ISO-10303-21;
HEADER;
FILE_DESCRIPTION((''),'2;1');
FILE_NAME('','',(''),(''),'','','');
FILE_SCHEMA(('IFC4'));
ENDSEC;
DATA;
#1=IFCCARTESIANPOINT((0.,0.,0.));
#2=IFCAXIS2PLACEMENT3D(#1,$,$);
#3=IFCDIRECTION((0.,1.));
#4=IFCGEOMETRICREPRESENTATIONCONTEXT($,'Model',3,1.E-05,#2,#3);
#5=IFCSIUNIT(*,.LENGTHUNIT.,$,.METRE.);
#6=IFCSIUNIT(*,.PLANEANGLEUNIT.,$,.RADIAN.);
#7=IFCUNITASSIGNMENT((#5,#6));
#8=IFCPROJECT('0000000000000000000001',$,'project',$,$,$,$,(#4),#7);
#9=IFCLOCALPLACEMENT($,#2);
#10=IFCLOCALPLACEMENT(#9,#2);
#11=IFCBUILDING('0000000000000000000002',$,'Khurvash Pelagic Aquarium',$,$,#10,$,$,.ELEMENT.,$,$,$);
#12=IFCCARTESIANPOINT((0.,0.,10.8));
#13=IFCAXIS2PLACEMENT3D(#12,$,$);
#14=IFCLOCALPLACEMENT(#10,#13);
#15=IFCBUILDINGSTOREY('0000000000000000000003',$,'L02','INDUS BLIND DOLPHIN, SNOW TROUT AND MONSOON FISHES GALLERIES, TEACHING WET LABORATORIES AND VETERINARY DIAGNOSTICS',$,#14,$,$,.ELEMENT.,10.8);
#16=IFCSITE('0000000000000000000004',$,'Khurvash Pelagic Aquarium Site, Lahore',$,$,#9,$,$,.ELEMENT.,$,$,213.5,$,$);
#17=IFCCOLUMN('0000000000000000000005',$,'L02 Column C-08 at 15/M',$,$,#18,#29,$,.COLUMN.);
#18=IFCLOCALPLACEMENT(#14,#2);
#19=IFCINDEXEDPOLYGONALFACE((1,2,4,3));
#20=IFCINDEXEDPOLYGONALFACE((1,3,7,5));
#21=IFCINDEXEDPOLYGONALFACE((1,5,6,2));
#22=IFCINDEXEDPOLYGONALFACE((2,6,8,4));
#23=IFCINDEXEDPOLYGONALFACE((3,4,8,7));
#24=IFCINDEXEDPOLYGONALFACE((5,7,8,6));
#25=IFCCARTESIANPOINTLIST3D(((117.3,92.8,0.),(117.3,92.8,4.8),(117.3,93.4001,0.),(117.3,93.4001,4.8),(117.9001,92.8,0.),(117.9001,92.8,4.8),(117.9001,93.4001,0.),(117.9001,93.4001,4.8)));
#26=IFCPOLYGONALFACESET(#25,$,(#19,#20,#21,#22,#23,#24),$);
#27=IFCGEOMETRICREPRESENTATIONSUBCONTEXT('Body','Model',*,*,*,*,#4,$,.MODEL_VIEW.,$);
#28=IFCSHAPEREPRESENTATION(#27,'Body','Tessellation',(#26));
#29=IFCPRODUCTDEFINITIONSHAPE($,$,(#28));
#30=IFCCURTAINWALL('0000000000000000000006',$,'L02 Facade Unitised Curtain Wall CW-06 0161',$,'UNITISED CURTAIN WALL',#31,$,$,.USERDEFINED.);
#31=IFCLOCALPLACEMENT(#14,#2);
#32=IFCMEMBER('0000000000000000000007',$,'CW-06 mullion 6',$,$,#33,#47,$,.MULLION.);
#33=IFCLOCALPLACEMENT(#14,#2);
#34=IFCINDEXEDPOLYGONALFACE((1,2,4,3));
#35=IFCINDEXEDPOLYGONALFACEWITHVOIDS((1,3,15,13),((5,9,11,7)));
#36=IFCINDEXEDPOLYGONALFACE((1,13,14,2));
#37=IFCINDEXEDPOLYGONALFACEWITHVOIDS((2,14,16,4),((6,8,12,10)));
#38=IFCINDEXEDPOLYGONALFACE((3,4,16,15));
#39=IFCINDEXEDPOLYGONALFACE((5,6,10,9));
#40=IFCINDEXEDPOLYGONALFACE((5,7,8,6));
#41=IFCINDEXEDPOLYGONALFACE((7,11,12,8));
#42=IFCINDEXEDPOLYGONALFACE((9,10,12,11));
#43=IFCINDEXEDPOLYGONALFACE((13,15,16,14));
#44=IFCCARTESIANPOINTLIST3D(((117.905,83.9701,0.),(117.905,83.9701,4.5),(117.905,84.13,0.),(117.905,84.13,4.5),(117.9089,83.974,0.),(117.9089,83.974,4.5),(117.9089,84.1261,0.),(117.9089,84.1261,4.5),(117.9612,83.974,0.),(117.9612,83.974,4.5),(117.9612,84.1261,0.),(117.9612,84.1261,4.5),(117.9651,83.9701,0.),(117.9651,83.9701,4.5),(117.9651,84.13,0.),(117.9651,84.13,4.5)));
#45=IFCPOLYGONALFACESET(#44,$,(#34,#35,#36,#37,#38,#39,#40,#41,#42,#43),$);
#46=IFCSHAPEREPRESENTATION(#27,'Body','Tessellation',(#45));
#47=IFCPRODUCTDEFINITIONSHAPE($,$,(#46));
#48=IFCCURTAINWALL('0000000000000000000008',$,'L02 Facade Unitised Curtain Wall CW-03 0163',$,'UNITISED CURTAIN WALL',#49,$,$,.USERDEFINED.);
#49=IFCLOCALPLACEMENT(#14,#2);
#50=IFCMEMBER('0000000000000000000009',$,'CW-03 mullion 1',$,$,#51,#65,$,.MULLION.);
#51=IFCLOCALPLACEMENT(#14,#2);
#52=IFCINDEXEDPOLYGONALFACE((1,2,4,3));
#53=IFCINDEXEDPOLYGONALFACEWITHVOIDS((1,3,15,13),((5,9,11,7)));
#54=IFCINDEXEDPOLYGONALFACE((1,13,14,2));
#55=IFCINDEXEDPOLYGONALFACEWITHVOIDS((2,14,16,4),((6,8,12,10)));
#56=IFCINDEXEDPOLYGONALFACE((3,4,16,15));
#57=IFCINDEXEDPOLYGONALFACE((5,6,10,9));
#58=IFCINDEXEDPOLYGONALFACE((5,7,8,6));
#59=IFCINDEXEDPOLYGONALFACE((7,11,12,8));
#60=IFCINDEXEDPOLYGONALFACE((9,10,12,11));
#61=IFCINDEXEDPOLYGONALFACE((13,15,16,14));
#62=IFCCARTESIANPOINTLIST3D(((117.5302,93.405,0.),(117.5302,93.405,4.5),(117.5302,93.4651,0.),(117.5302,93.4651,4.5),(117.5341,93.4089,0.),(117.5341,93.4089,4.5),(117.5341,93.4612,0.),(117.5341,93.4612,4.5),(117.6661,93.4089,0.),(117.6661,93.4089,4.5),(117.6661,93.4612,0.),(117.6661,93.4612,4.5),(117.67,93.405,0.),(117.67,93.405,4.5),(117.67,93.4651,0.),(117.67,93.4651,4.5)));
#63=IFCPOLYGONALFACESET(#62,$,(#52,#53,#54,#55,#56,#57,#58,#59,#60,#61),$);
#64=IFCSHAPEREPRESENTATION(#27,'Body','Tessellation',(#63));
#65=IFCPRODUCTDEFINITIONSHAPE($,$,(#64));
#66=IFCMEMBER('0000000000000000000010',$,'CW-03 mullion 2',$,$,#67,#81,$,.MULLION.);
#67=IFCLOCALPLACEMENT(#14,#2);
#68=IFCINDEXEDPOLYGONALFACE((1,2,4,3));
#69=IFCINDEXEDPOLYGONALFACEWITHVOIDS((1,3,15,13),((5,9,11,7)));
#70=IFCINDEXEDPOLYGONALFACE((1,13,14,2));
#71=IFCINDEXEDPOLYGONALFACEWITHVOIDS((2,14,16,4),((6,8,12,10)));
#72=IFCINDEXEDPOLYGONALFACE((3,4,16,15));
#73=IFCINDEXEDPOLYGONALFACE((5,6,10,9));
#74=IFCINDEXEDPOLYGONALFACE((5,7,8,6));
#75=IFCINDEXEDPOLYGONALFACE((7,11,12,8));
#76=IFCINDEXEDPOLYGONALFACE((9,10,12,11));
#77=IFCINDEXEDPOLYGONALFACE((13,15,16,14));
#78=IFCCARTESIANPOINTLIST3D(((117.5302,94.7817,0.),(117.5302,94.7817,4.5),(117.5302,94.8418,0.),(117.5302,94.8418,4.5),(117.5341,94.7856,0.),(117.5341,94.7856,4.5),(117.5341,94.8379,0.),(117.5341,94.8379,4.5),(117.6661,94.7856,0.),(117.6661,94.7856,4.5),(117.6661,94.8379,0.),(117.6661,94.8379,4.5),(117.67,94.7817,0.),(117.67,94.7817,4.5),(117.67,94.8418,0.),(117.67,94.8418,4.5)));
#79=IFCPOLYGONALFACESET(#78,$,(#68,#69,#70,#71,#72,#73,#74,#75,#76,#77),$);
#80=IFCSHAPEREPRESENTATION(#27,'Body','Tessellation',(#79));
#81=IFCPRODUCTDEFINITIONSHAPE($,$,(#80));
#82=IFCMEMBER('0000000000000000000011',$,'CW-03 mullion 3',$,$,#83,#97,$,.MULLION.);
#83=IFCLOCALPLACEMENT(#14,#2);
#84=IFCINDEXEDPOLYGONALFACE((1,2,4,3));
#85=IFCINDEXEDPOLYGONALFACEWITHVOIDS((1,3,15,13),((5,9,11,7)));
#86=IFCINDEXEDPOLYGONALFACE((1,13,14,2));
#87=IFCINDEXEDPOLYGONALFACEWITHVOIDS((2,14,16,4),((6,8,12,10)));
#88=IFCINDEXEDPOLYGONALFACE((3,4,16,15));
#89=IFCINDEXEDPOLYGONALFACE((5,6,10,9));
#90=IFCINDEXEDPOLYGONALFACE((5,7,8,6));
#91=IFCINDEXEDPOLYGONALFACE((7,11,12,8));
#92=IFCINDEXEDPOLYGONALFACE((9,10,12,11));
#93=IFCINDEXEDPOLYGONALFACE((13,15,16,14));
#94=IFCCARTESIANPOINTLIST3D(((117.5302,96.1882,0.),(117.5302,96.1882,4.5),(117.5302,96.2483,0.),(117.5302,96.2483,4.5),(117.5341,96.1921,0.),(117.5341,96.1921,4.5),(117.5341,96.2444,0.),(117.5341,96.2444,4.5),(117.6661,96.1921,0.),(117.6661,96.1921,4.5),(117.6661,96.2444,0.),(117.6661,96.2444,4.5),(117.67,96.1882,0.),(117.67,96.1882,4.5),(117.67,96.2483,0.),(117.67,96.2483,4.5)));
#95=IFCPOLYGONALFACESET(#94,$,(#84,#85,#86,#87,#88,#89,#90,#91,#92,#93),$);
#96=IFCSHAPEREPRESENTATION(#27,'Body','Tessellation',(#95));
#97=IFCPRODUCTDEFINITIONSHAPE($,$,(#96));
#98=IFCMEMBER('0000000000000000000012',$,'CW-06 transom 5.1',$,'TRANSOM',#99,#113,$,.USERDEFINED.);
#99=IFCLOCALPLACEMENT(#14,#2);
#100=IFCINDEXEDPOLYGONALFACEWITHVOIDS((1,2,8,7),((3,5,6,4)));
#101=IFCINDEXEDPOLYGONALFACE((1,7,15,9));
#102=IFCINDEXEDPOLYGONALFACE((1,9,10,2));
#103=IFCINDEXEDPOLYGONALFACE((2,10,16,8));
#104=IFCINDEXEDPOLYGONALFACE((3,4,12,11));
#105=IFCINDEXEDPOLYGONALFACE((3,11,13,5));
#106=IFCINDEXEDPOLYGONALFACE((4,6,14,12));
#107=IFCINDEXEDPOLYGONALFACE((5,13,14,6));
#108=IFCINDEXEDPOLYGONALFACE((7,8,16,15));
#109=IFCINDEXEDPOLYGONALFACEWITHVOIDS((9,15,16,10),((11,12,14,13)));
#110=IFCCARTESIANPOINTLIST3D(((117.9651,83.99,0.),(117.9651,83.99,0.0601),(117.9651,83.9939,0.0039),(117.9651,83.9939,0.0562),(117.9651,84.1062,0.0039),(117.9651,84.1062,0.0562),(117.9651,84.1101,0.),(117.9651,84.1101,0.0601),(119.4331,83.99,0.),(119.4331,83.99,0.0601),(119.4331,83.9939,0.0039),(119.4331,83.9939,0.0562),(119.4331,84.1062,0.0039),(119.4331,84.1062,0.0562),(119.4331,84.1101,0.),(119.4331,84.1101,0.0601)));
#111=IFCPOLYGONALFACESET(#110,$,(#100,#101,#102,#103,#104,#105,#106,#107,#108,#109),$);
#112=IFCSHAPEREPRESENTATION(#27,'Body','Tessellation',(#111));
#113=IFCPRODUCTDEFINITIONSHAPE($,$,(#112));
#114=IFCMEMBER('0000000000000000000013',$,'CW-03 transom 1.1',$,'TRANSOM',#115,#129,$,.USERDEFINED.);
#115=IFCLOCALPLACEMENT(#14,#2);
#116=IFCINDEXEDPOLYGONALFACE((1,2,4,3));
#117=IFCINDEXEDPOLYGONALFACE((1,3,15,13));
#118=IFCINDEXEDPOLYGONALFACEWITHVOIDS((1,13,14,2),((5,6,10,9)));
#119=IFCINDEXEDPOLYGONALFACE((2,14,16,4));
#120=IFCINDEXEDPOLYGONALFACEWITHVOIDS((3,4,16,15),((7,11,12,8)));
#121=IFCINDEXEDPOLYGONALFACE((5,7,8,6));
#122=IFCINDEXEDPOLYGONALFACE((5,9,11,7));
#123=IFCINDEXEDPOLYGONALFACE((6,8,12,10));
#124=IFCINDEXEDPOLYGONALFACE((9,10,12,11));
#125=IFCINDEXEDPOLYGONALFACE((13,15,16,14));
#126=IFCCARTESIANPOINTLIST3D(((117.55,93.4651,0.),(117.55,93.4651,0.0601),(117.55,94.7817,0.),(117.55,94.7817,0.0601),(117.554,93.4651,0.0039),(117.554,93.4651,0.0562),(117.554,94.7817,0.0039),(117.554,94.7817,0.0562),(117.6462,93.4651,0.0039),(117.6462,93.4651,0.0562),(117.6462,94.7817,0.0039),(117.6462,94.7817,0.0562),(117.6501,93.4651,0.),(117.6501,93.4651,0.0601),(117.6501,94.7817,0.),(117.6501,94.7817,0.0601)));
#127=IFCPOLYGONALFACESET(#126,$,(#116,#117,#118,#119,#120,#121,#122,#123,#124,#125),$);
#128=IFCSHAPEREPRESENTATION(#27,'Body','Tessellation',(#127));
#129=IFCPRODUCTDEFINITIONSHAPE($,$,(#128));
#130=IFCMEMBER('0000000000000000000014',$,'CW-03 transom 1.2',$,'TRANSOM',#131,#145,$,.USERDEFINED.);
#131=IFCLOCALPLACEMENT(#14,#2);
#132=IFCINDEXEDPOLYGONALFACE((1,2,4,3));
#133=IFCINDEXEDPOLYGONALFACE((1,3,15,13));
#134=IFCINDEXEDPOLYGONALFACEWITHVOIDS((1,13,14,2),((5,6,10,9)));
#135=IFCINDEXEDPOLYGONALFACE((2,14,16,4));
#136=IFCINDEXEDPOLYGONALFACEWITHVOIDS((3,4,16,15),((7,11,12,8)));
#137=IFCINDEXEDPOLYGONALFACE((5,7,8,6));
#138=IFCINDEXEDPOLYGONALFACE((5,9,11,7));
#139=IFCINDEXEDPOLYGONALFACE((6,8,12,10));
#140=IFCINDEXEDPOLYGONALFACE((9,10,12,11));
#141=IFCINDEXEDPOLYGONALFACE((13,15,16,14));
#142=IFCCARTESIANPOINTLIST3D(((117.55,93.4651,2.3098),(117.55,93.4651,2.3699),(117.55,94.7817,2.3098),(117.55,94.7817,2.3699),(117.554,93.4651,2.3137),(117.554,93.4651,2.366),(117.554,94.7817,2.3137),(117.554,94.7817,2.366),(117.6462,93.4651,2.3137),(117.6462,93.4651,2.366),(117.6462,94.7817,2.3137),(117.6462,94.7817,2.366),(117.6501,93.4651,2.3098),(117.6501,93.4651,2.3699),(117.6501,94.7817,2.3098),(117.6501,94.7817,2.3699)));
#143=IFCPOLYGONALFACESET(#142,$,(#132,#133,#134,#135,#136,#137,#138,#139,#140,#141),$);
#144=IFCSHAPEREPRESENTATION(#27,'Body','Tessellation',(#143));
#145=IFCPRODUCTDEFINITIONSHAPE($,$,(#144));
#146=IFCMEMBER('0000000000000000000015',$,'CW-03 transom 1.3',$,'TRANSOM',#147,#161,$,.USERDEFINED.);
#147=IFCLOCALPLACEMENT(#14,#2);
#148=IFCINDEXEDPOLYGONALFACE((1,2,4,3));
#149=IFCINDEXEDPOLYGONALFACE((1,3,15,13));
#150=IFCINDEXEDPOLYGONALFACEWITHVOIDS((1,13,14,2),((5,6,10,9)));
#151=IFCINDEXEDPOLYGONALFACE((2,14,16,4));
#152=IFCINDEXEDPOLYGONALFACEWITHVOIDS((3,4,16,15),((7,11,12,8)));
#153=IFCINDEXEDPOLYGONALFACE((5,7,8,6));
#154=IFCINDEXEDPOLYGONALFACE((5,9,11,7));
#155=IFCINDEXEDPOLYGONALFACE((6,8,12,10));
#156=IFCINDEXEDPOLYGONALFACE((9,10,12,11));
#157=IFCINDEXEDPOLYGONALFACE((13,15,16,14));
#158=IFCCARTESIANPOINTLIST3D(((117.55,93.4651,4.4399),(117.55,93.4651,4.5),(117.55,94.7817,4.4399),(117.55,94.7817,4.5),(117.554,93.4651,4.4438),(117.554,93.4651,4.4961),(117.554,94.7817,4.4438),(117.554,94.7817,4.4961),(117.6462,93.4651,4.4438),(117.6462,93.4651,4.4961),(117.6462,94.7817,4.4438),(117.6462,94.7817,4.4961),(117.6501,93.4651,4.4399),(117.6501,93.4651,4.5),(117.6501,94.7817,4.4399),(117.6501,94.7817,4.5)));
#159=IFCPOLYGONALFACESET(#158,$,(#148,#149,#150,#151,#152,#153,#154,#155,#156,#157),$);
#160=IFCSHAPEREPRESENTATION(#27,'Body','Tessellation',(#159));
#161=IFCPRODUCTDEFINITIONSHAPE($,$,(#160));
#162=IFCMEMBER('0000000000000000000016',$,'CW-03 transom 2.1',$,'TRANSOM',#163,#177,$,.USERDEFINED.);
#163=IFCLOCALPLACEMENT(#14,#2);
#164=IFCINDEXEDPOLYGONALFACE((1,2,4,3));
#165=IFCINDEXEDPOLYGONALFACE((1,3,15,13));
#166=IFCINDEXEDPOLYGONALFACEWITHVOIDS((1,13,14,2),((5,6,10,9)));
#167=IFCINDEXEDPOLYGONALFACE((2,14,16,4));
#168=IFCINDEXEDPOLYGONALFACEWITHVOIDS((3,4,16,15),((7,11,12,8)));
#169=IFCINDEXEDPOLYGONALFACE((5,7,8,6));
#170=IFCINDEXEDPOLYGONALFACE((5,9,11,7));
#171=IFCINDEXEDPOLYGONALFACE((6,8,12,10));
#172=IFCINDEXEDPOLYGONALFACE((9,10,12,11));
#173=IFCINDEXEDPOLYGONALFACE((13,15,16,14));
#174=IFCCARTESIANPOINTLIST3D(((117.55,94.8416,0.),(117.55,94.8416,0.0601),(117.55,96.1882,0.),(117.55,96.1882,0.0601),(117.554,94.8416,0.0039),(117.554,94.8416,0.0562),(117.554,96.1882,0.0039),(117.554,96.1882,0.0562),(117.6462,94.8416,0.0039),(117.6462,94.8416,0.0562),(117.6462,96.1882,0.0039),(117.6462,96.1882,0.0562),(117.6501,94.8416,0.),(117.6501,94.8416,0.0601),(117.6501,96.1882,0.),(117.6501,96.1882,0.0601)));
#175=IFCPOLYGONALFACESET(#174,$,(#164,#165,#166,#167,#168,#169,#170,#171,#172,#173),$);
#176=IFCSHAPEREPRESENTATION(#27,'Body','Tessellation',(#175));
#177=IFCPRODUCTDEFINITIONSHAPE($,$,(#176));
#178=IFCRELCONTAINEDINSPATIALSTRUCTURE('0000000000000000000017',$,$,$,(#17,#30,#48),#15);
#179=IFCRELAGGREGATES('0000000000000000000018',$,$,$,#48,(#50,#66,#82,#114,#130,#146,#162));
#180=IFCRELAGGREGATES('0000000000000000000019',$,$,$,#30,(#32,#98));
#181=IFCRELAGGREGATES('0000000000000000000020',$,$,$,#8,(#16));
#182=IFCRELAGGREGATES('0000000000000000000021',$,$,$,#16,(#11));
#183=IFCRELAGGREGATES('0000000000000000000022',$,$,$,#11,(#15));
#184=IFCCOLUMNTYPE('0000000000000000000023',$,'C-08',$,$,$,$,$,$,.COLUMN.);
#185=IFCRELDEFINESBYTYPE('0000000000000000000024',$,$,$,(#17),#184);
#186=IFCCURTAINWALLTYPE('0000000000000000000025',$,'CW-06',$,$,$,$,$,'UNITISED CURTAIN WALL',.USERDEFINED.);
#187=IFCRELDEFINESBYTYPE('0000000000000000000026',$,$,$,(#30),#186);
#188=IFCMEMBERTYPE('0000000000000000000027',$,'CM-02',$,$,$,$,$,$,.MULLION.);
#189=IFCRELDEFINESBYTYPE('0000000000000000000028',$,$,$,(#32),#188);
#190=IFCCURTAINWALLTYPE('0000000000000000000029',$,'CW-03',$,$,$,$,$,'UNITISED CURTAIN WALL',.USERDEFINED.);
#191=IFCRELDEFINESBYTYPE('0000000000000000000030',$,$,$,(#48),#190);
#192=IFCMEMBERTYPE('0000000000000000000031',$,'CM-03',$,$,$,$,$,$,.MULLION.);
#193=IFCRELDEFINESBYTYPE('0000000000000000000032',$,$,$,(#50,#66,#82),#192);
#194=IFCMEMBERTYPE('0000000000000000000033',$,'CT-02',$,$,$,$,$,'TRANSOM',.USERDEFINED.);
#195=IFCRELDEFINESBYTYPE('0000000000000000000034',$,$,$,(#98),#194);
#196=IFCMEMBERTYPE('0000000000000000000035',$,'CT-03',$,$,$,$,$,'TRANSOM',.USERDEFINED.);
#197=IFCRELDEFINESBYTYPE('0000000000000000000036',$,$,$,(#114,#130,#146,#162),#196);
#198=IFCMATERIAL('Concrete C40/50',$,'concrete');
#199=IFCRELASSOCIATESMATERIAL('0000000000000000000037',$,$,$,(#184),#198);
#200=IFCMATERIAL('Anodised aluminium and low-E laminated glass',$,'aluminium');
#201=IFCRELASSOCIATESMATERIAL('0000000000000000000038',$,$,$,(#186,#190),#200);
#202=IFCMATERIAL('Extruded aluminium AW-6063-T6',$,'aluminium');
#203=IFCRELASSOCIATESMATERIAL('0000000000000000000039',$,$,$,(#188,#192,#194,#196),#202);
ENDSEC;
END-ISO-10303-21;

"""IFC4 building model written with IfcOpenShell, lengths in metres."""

from ifc_helpers import new_model, si_unit, direction, frame, origin, origin_2d, place, context, subcontext, project, spatial, rectangle, hollow_rectangle, extrude, material, material_profile, profile_set, type_object, element, aggregate, save


model = new_model("IFC4")

# Units and contexts
model_context = context("Model", 3, precision=1e-05, world=origin(), true_north=direction((0.0, 1.0)))
body_context = subcontext(model_context, "Body", "Model", "MODEL_VIEW")
ifc_project = project(units=[si_unit("LENGTHUNIT", "METRE"), si_unit("PLANEANGLEUNIT", "RADIAN")], contexts=[model_context])

# Site, building, storey
site_placement = place(None, origin())
site = spatial("IfcSite", under=ifc_project, at=site_placement, Name="Khurvash Pelagic Aquarium Site, Lahore", CompositionType="ELEMENT", RefElevation=213.5)
building_placement = place(site_placement, origin())
building = spatial("IfcBuilding", under=site, at=building_placement, Name="Khurvash Pelagic Aquarium", CompositionType="ELEMENT")
storey_placement = place(building_placement, frame((0.0, 0.0, 10.8)))
storey = spatial("IfcBuildingStorey", under=building, at=storey_placement, Name="L02", Description="INDUS BLIND DOLPHIN, SNOW TROUT AND MONSOON FISHES GALLERIES, TEACHING WET LABORATORIES AND VETERINARY DIAGNOSTICS", CompositionType="ELEMENT", Elevation=10.8)

# Column
ifc_material_1 = material(Name="Concrete C40/50", Category="concrete")
ifc_material_profile_1 = material_profile(ifc_material_1, rectangle(XDim=0.6001, YDim=0.6001, at=origin_2d()), Name="RC600X600")
ifc_profile_set_1 = profile_set([ifc_material_profile_1], Name="Concrete C40/50")
column_type = type_object("IfcColumnType", Name="C-08", PredefinedType="COLUMN", material=ifc_profile_set_1)
column_placement = place(storey_placement, frame((117.6001, 93.1001, 0.0), z_axis=(0.0, 0.0, 1.0), x_axis=(1.0, 0.0, 0.0)))
element("IfcColumn", 1, at=column_placement, inside=storey, type_object=column_type, Name="L02 Column C-08 at 15/M", PredefinedType="COLUMN", context=body_context, shape_type="SweptSolid", body=[
    extrude(rectangle(XDim=0.6001, YDim=0.6001, at=origin_2d()), origin(), (0.0, 0.0, 1.0), 4.8),
])

# Curtain wall, member
ifc_material_2 = material(Name="Anodised aluminium and low-E laminated glass", Category="aluminium")
curtain_wall_type_1 = type_object("IfcCurtainWallType", Name="CW-06", ElementType="UNITISED CURTAIN WALL", PredefinedType="USERDEFINED", material=ifc_material_2)
curtain_wall_1_placement = place(storey_placement, origin())
curtain_wall_1 = element("IfcCurtainWall", 2, at=curtain_wall_1_placement, inside=storey, type_object=curtain_wall_type_1, Name="L02 Facade Unitised Curtain Wall CW-06 0161", ObjectType="UNITISED CURTAIN WALL", PredefinedType="USERDEFINED")
ifc_material_3 = material(Name="Extruded aluminium AW-6063-T6", Category="aluminium")
ifc_material_profile_2 = material_profile(ifc_material_3, hollow_rectangle(XDim=0.0601, YDim=0.1599, WallThickness=0.0039, at=origin_2d()), Name="CWM60X160X4")
ifc_profile_set_2 = profile_set([ifc_material_profile_2], Name="Extruded aluminium AW-6063-T6")
member_type_1 = type_object("IfcMemberType", Name="CM-02", PredefinedType="MULLION", material=ifc_profile_set_2)
member_1_placement = place(storey_placement, frame((117.9351, 84.05, 0.0), z_axis=(0.0, 0.0, 1.0), x_axis=(-1.0, 0.0, 0.0)))
member_1 = element("IfcMember", 3, at=member_1_placement, type_object=member_type_1, Name="CW-06 mullion 6", PredefinedType="MULLION", context=body_context, shape_type="SweptSolid", body=[
    extrude(hollow_rectangle(XDim=0.0601, YDim=0.1599, WallThickness=0.0039, at=origin_2d()), origin(), (0.0, 0.0, 1.0), 4.5),
])

# Curtain wall, members
curtain_wall_type_2 = type_object("IfcCurtainWallType", Name="CW-03", ElementType="UNITISED CURTAIN WALL", PredefinedType="USERDEFINED", material=ifc_material_2)
curtain_wall_2_placement = place(storey_placement, origin())
curtain_wall_2 = element("IfcCurtainWall", 4, at=curtain_wall_2_placement, inside=storey, type_object=curtain_wall_type_2, Name="L02 Facade Unitised Curtain Wall CW-03 0163", ObjectType="UNITISED CURTAIN WALL", PredefinedType="USERDEFINED")
ifc_material_profile_3 = material_profile(ifc_material_3, hollow_rectangle(XDim=0.0601, YDim=0.1399, WallThickness=0.0039, at=origin_2d()), Name="CWM60X140X4")
ifc_profile_set_3 = profile_set([ifc_material_profile_3], Name="Extruded aluminium AW-6063-T6")
member_type_2 = type_object("IfcMemberType", Name="CM-03", PredefinedType="MULLION", material=ifc_profile_set_3)
member_2_placement = place(storey_placement, frame((117.6001, 93.4351, 0.0), z_axis=(0.0, 0.0, 1.0), x_axis=(0.0, 1.0, 0.0)))
member_2 = element("IfcMember", 5, at=member_2_placement, type_object=member_type_2, Name="CW-03 mullion 1", PredefinedType="MULLION", context=body_context, shape_type="SweptSolid", body=[
    extrude(hollow_rectangle(XDim=0.0601, YDim=0.1399, WallThickness=0.0039, at=origin_2d()), origin(), (0.0, 0.0, 1.0), 4.5),
])
member_3_placement = place(storey_placement, frame((117.6001, 94.8118, 0.0), z_axis=(0.0, 0.0, 1.0), x_axis=(0.0, 1.0, 0.0)))
member_3 = element("IfcMember", 6, at=member_3_placement, type_object=member_type_2, Name="CW-03 mullion 2", PredefinedType="MULLION", context=body_context, shape_type="SweptSolid", body=[
    extrude(hollow_rectangle(XDim=0.0601, YDim=0.1399, WallThickness=0.0039, at=origin_2d()), origin(), (0.0, 0.0, 1.0), 4.5),
])
member_4_placement = place(storey_placement, frame((117.6001, 96.2183, 0.0), z_axis=(0.0, 0.0, 1.0), x_axis=(0.0, 1.0, 0.0)))
member_4 = element("IfcMember", 7, at=member_4_placement, type_object=member_type_2, Name="CW-03 mullion 3", PredefinedType="MULLION", context=body_context, shape_type="SweptSolid", body=[
    extrude(hollow_rectangle(XDim=0.0601, YDim=0.1399, WallThickness=0.0039, at=origin_2d()), origin(), (0.0, 0.0, 1.0), 4.5),
])

# Members
ifc_material_profile_4 = material_profile(ifc_material_3, hollow_rectangle(XDim=0.1201, YDim=0.0601, WallThickness=0.0039, at=origin_2d()), Name="CWT120X60X4")
ifc_profile_set_4 = profile_set([ifc_material_profile_4], Name="Extruded aluminium AW-6063-T6")
member_type_3 = type_object("IfcMemberType", Name="CT-02", ElementType="TRANSOM", PredefinedType="USERDEFINED", material=ifc_profile_set_4)
member_5_placement = place(storey_placement, frame((119.4331, 84.05, 0.03), z_axis=(-1.0, 0.0, 0.0), x_axis=(0.0, -1.0, 0.0)))
member_5 = element("IfcMember", 8, at=member_5_placement, type_object=member_type_3, Name="CW-06 transom 5.1", ObjectType="TRANSOM", PredefinedType="USERDEFINED", context=body_context, shape_type="SweptSolid", body=[
    extrude(hollow_rectangle(XDim=0.1201, YDim=0.0601, WallThickness=0.0039, at=origin_2d()), origin(), (0.0, 0.0, 1.0), 1.468),
])
ifc_material_profile_5 = material_profile(ifc_material_3, hollow_rectangle(XDim=0.1001, YDim=0.0601, WallThickness=0.0039, at=origin_2d()), Name="CWT100X60X4")
ifc_profile_set_5 = profile_set([ifc_material_profile_5], Name="Extruded aluminium AW-6063-T6")
member_type_4 = type_object("IfcMemberType", Name="CT-03", ElementType="TRANSOM", PredefinedType="USERDEFINED", material=ifc_profile_set_5)
member_6_placement = place(storey_placement, frame((117.6001, 93.4651, 0.03), z_axis=(0.0, 1.0, 0.0), x_axis=(-1.0, 0.0, 0.0)))
member_6 = element("IfcMember", 9, at=member_6_placement, type_object=member_type_4, Name="CW-03 transom 1.1", ObjectType="TRANSOM", PredefinedType="USERDEFINED", context=body_context, shape_type="SweptSolid", body=[
    extrude(hollow_rectangle(XDim=0.1001, YDim=0.0601, WallThickness=0.0039, at=origin_2d()), origin(), (0.0, 0.0, 1.0), 1.3167),
])
member_7_placement = place(storey_placement, frame((117.6001, 93.4651, 2.3398), z_axis=(0.0, 1.0, 0.0), x_axis=(-1.0, 0.0, 0.0)))
member_7 = element("IfcMember", 10, at=member_7_placement, type_object=member_type_4, Name="CW-03 transom 1.2", ObjectType="TRANSOM", PredefinedType="USERDEFINED", context=body_context, shape_type="SweptSolid", body=[
    extrude(hollow_rectangle(XDim=0.1001, YDim=0.0601, WallThickness=0.0039, at=origin_2d()), origin(), (0.0, 0.0, 1.0), 1.3167),
])
member_8_placement = place(storey_placement, frame((117.6001, 93.4651, 4.47), z_axis=(0.0, 1.0, 0.0), x_axis=(-1.0, 0.0, 0.0)))
member_8 = element("IfcMember", 11, at=member_8_placement, type_object=member_type_4, Name="CW-03 transom 1.3", ObjectType="TRANSOM", PredefinedType="USERDEFINED", context=body_context, shape_type="SweptSolid", body=[
    extrude(hollow_rectangle(XDim=0.1001, YDim=0.0601, WallThickness=0.0039, at=origin_2d()), origin(), (0.0, 0.0, 1.0), 1.3167),
])
member_9_placement = place(storey_placement, frame((117.6001, 94.8416, 0.03), z_axis=(0.0, 1.0, 0.0), x_axis=(-1.0, 0.0, 0.0)))
member_9 = element("IfcMember", 12, at=member_9_placement, type_object=member_type_4, Name="CW-03 transom 2.1", ObjectType="TRANSOM", PredefinedType="USERDEFINED", context=body_context, shape_type="SweptSolid", body=[
    extrude(hollow_rectangle(XDim=0.1001, YDim=0.0601, WallThickness=0.0039, at=origin_2d()), origin(), (0.0, 0.0, 1.0), 1.3467),
])

aggregate(curtain_wall_2, [member_2, member_3, member_4, member_6, member_7, member_8, member_9])
aggregate(curtain_wall_1, [member_1, member_5])

save(model, "model.ifc")
